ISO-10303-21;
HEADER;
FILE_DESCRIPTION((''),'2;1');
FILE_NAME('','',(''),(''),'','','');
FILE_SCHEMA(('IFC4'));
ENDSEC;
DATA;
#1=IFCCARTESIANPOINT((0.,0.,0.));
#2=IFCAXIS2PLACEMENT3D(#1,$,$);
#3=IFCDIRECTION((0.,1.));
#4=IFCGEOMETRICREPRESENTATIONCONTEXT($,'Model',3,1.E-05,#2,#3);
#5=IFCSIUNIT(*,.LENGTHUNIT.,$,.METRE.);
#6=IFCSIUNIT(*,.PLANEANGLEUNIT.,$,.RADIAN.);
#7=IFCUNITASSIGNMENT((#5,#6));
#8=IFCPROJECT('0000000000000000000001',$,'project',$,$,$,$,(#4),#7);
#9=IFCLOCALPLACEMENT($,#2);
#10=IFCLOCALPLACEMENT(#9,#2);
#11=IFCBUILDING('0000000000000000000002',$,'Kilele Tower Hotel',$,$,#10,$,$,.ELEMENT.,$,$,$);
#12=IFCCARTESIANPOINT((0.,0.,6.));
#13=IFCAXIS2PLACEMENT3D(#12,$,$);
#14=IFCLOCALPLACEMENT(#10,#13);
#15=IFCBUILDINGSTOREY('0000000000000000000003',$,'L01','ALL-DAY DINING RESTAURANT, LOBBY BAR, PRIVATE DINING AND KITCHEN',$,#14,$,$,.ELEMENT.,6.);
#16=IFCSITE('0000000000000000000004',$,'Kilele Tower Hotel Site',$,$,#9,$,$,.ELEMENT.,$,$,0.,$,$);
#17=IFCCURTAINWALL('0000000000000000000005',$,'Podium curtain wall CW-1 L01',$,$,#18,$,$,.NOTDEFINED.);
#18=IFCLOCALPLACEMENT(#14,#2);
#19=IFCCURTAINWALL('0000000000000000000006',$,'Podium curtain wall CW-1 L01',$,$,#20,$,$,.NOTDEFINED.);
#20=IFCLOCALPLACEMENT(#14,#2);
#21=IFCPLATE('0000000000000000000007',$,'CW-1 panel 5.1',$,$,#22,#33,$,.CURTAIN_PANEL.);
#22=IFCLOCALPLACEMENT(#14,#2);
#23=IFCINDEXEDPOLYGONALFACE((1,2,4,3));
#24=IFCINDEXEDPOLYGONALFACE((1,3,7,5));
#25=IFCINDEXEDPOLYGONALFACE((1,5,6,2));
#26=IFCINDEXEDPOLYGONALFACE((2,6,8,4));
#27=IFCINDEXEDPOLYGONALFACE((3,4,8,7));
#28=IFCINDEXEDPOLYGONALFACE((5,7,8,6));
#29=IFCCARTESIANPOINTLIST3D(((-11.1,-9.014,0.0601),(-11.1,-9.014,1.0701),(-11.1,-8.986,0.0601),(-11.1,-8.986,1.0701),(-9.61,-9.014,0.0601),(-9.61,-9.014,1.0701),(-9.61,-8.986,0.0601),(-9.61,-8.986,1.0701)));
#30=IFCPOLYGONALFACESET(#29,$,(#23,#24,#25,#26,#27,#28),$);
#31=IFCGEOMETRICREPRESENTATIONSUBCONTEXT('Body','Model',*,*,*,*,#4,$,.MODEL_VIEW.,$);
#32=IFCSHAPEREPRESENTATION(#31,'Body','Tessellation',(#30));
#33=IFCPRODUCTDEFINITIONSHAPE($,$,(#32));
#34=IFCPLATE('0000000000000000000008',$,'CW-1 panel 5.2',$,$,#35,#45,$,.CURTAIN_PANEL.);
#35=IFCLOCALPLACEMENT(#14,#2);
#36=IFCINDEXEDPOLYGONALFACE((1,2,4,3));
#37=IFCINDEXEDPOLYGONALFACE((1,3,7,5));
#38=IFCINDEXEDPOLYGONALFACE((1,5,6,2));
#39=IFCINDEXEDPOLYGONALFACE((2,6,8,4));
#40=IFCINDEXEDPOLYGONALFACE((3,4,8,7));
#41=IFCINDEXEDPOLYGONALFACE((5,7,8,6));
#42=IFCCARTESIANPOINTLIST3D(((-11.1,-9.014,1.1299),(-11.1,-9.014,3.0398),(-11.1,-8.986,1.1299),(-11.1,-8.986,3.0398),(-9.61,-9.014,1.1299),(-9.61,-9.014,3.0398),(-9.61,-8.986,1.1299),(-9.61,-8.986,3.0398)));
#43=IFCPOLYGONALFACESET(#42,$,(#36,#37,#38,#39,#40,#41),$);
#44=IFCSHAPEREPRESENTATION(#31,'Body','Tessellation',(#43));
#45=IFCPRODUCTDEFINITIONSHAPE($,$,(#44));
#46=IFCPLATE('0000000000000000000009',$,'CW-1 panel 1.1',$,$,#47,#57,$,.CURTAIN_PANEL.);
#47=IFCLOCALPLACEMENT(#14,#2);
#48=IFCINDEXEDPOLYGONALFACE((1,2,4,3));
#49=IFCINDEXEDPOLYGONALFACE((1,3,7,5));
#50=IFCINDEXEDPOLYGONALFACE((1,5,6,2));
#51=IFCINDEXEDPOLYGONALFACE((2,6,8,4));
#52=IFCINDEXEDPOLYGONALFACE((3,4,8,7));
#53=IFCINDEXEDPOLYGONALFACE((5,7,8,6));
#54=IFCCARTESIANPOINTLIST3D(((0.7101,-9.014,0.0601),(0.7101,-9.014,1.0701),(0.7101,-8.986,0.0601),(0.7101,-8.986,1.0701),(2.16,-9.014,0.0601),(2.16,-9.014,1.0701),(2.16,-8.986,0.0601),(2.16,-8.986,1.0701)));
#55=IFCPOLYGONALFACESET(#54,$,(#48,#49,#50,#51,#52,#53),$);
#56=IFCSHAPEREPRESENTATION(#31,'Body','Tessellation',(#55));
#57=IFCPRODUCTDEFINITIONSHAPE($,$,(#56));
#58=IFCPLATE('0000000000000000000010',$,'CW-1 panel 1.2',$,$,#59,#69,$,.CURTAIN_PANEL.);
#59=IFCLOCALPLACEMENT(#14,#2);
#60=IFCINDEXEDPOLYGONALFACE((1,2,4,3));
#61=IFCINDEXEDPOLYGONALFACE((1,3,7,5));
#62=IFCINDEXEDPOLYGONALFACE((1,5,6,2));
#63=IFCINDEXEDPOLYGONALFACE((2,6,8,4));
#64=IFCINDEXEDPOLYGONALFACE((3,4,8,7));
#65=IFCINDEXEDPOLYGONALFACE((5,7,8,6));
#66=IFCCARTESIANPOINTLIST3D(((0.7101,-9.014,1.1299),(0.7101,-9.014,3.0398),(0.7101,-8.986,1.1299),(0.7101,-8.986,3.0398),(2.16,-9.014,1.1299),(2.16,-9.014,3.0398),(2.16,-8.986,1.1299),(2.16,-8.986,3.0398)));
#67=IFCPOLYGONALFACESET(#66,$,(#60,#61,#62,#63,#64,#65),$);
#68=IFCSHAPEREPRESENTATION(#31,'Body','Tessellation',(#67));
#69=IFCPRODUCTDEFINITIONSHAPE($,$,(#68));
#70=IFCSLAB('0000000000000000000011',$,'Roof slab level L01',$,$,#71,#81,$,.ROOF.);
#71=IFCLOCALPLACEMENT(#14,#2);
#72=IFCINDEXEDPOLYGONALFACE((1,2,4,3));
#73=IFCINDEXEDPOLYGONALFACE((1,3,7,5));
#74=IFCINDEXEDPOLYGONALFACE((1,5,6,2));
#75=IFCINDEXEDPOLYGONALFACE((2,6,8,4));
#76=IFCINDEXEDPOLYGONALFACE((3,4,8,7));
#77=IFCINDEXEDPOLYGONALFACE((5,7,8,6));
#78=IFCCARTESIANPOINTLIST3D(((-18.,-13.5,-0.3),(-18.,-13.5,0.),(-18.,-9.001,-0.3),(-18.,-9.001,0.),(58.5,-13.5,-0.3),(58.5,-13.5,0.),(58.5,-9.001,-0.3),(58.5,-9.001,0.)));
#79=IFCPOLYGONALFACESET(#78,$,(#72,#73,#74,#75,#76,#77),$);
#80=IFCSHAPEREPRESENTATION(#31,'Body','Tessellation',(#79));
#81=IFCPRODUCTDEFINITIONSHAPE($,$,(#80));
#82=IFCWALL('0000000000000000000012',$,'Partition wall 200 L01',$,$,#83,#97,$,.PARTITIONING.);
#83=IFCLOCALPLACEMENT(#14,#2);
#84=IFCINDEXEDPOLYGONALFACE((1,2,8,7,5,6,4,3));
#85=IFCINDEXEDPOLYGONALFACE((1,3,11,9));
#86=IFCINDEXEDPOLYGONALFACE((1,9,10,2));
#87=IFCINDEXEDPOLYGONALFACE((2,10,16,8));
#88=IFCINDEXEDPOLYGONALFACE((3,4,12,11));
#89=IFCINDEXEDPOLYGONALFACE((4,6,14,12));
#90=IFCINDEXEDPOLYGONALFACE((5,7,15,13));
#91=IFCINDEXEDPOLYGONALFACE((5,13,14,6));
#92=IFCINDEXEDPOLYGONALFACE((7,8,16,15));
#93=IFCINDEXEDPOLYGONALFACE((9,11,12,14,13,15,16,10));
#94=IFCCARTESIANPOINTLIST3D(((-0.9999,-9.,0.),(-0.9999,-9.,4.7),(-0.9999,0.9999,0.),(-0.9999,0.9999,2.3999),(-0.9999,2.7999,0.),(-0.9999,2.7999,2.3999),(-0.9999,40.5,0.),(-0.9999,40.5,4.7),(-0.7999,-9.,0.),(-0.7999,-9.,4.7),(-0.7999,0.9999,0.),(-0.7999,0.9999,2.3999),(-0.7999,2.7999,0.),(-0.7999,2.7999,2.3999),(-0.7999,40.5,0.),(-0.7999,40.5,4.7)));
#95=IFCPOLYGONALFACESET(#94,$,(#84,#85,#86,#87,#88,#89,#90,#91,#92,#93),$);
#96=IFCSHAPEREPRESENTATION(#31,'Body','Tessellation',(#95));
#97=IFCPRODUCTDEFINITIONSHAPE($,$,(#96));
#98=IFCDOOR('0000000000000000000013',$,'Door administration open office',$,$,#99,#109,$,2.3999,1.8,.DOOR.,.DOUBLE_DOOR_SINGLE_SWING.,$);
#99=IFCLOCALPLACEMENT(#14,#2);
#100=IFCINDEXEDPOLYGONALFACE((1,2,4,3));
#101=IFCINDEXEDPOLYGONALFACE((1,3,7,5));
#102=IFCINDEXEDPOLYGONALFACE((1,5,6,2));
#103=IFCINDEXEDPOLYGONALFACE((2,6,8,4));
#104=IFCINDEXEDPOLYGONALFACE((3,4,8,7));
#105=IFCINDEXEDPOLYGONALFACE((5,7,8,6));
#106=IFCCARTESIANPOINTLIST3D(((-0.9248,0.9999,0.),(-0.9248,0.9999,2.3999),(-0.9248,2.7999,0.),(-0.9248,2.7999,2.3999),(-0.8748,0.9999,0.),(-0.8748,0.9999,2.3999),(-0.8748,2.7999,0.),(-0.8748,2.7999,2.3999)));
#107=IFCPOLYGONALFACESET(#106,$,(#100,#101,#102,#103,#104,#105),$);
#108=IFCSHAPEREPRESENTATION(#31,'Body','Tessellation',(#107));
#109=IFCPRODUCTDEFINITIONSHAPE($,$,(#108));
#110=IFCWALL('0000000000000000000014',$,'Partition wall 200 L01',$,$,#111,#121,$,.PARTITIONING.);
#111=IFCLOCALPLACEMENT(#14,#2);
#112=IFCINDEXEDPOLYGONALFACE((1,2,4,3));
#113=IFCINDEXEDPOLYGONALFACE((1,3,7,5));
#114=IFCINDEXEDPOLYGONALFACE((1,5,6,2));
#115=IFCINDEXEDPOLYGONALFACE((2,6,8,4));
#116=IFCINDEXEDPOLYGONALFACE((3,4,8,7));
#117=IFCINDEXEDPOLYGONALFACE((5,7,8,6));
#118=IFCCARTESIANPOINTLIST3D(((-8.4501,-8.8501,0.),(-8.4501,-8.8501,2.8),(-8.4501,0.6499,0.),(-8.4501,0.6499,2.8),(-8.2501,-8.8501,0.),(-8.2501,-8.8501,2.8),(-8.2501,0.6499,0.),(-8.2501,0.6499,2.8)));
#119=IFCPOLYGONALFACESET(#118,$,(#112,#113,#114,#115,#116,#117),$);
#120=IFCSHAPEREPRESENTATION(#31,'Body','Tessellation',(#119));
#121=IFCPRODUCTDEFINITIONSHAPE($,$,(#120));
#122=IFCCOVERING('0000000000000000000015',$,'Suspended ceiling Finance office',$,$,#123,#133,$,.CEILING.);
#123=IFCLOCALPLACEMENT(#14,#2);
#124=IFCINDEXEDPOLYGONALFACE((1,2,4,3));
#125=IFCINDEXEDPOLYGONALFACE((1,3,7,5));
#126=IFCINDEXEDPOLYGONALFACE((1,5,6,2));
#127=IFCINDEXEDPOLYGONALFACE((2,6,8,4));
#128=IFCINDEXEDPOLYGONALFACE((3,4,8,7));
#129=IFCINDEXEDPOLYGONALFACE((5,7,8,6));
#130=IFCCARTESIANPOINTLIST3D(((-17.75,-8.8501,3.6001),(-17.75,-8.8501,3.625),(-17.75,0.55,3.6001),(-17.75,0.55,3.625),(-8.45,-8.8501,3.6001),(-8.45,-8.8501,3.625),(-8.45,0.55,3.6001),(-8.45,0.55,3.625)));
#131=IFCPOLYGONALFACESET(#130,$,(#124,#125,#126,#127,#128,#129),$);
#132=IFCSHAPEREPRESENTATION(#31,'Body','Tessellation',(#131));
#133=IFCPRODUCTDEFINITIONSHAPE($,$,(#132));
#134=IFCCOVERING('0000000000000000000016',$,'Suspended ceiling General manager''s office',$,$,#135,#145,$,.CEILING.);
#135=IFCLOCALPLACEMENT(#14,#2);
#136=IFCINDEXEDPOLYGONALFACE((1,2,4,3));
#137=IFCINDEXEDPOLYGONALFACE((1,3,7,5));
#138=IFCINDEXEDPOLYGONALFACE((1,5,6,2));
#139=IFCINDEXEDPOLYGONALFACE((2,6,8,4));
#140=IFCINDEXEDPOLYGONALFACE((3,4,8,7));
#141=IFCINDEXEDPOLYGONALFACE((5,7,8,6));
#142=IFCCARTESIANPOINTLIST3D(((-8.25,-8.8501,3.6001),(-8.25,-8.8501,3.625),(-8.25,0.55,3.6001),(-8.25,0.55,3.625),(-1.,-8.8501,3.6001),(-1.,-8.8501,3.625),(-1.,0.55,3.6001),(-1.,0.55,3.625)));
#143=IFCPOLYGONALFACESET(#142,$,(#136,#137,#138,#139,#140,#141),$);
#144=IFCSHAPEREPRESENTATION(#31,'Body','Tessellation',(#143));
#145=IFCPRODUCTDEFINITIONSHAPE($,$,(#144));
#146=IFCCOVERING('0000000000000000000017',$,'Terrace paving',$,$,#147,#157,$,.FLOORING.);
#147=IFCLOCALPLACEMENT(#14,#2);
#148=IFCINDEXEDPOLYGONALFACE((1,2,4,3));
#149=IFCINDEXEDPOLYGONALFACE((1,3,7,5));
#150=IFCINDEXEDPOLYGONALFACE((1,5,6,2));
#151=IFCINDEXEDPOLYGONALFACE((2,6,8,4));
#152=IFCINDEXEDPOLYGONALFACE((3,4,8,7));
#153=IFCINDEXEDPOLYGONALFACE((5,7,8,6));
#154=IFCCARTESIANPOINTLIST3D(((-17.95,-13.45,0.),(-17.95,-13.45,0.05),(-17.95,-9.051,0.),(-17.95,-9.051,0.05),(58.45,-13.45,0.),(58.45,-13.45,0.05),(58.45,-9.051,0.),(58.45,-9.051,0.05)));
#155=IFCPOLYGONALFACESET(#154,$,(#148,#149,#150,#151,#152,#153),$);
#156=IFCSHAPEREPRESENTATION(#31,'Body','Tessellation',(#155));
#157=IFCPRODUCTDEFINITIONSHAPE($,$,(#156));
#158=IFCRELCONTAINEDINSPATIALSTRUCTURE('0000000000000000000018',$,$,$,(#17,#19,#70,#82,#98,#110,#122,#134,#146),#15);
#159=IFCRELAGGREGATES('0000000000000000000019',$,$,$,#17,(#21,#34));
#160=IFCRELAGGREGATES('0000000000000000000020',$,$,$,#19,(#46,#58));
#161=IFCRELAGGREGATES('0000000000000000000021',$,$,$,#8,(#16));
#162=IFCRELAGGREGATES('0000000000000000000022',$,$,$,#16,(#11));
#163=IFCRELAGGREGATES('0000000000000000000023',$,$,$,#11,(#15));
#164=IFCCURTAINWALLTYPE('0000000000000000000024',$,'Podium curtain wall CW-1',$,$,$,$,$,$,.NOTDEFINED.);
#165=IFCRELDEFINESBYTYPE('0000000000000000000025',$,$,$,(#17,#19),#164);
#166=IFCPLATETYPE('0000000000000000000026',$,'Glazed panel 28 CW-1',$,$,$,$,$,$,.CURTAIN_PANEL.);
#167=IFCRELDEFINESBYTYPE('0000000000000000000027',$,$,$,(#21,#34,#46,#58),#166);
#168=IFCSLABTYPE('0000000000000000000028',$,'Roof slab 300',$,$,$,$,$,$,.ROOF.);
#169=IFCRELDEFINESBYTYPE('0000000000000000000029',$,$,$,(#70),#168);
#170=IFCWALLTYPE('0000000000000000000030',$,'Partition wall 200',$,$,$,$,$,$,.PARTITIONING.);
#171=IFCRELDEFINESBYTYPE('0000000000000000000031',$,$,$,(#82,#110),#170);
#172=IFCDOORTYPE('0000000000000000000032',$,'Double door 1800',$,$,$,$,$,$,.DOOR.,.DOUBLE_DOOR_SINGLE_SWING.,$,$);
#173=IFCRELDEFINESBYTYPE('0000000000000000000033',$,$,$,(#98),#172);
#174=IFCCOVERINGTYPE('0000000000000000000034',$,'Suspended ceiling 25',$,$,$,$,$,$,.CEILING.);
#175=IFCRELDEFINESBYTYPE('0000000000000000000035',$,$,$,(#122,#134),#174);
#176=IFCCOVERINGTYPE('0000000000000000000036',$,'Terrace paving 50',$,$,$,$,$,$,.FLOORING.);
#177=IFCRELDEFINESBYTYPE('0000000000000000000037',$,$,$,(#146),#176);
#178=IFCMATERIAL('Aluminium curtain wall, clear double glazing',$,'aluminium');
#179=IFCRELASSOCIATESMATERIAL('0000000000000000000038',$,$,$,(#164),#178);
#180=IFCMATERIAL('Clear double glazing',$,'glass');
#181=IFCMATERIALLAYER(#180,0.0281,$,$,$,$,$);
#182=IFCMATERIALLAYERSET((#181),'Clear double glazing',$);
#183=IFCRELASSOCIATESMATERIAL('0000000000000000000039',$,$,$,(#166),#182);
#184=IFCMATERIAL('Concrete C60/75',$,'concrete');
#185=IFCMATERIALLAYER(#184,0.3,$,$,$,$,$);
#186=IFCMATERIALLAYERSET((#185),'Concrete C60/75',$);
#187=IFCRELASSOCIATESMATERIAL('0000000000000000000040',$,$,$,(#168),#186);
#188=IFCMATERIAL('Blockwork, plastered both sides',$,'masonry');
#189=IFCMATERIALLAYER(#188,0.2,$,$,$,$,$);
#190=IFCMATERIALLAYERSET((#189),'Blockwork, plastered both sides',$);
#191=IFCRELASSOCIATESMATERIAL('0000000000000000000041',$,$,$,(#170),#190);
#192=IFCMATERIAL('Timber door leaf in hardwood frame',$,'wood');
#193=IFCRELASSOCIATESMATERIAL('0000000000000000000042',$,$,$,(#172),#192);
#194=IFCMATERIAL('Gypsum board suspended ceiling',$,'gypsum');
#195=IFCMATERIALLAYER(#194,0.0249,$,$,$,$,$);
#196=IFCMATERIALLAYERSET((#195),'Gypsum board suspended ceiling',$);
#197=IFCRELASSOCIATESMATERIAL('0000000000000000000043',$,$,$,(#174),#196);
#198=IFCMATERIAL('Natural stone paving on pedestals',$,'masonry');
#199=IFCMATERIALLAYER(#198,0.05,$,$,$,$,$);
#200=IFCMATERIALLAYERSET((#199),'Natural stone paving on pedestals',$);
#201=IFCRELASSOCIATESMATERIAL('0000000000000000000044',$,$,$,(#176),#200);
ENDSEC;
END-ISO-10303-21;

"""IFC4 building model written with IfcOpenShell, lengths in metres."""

from ifc_helpers import new_model, si_unit, direction, frame, frame_2d, origin, origin_2d, place, context, subcontext, project, spatial, polyline, rectangle, outline, extrude, material, layer, layer_set, type_object, element, fill, aggregate, save


model = new_model("IFC4")

# Units and contexts
model_context = context("Model", 3, precision=1e-05, world=origin(), true_north=direction((0.0, 1.0)))
body_context = subcontext(model_context, "Body", "Model", "MODEL_VIEW")
ifc_project = project(units=[si_unit("LENGTHUNIT", "METRE"), si_unit("PLANEANGLEUNIT", "RADIAN")], contexts=[model_context])

# Site, building, storey
site_placement = place(None, origin())
site = spatial("IfcSite", under=ifc_project, at=site_placement, Name="Kilele Tower Hotel Site", CompositionType="ELEMENT", RefElevation=0.0)
building_placement = place(site_placement, origin())
building = spatial("IfcBuilding", under=site, at=building_placement, Name="Kilele Tower Hotel", CompositionType="ELEMENT")
storey_placement = place(building_placement, frame((0.0, 0.0, 6.0)))
storey = spatial("IfcBuildingStorey", under=building, at=storey_placement, Name="L01", Description="ALL-DAY DINING RESTAURANT, LOBBY BAR, PRIVATE DINING AND KITCHEN", CompositionType="ELEMENT", Elevation=6.0)

# Curtain walls
ifc_material_1 = material(Name="Aluminium curtain wall, clear double glazing", Category="aluminium")
curtain_wall_type = type_object("IfcCurtainWallType", Name="Podium curtain wall CW-1", PredefinedType="NOTDEFINED", material=ifc_material_1)
curtain_wall_1_placement = place(storey_placement, origin())
curtain_wall_1 = element("IfcCurtainWall", 1, at=curtain_wall_1_placement, inside=storey, type_object=curtain_wall_type, Name="Podium curtain wall CW-1 L01", PredefinedType="NOTDEFINED")
curtain_wall_2_placement = place(storey_placement, origin())
curtain_wall_2 = element("IfcCurtainWall", 2, at=curtain_wall_2_placement, inside=storey, type_object=curtain_wall_type, Name="Podium curtain wall CW-1 L01", PredefinedType="NOTDEFINED")

# Plates
ifc_material_2 = material(Name="Clear double glazing", Category="glass")
ifc_layer_1 = layer(ifc_material_2, 0.0281)
ifc_layer_set_1 = layer_set([ifc_layer_1], Name="Clear double glazing")
plate_type = type_object("IfcPlateType", Name="Glazed panel 28 CW-1", PredefinedType="CURTAIN_PANEL", material=ifc_layer_set_1)
plate_1_placement = place(storey_placement, frame((-10.355, -9.0, 0.0601), z_axis=(0.0, 0.0, 1.0), x_axis=(1.0, 0.0, 0.0)))
plate_1 = element("IfcPlate", 3, at=plate_1_placement, type_object=plate_type, Name="CW-1 panel 5.1", PredefinedType="CURTAIN_PANEL", context=body_context, shape_type="SweptSolid", body=[
    extrude(rectangle(XDim=1.49, YDim=0.0281, at=origin_2d()), origin(), (0.0, 0.0, 1.0), 1.01),
])
plate_2_placement = place(storey_placement, frame((-10.355, -9.0, 1.1299), z_axis=(0.0, 0.0, 1.0), x_axis=(1.0, 0.0, 0.0)))
plate_2 = element("IfcPlate", 4, at=plate_2_placement, type_object=plate_type, Name="CW-1 panel 5.2", PredefinedType="CURTAIN_PANEL", context=body_context, shape_type="SweptSolid", body=[
    extrude(rectangle(XDim=1.49, YDim=0.0281, at=origin_2d()), origin(), (0.0, 0.0, 1.0), 1.9099),
])
aggregate(curtain_wall_1, [plate_1, plate_2])
plate_3_placement = place(storey_placement, frame((1.4351, -9.0, 0.0601), z_axis=(0.0, 0.0, 1.0), x_axis=(1.0, 0.0, 0.0)))
plate_3 = element("IfcPlate", 5, at=plate_3_placement, type_object=plate_type, Name="CW-1 panel 1.1", PredefinedType="CURTAIN_PANEL", context=body_context, shape_type="SweptSolid", body=[
    extrude(rectangle(XDim=1.45, YDim=0.0281, at=origin_2d()), origin(), (0.0, 0.0, 1.0), 1.01),
])
plate_4_placement = place(storey_placement, frame((1.4351, -9.0, 1.1299), z_axis=(0.0, 0.0, 1.0), x_axis=(1.0, 0.0, 0.0)))
plate_4 = element("IfcPlate", 6, at=plate_4_placement, type_object=plate_type, Name="CW-1 panel 1.2", PredefinedType="CURTAIN_PANEL", context=body_context, shape_type="SweptSolid", body=[
    extrude(rectangle(XDim=1.45, YDim=0.0281, at=origin_2d()), origin(), (0.0, 0.0, 1.0), 1.9099),
])
aggregate(curtain_wall_2, [plate_3, plate_4])

# Slab
ifc_material_3 = material(Name="Concrete C60/75", Category="concrete")
ifc_layer_2 = layer(ifc_material_3, 0.3)
ifc_layer_set_2 = layer_set([ifc_layer_2], Name="Concrete C60/75")
slab_type_1 = type_object("IfcSlabType", Name="Roof slab 300", PredefinedType="ROOF", material=ifc_layer_set_2)
slab_1_placement = place(storey_placement, frame((0.0, 0.0, -0.3)))
element("IfcSlab", 7, at=slab_1_placement, inside=storey, type_object=slab_type_1, Name="Roof slab level L01", PredefinedType="ROOF", context=body_context, shape_type="SweptSolid", body=[
    extrude(outline(polyline([(58.5, -13.5), (-18.0, -13.5), (-18.0, -9.001), (58.5, -9.001), (58.5, -13.5)])), origin(), (0.0, 0.0, 1.0), 0.3),
])

# Wall, opening, door
ifc_material_4 = material(Name="Blockwork, plastered both sides", Category="masonry")
ifc_layer_3 = layer(ifc_material_4, 0.2)
ifc_layer_set_3 = layer_set([ifc_layer_3], Name="Blockwork, plastered both sides")
wall_type_1 = type_object("IfcWallType", Name="Partition wall 200", PredefinedType="PARTITIONING", material=ifc_layer_set_3)
wall_1_placement = place(storey_placement, frame((-0.8999, -9.0, 0.0), z_axis=(0.0, 0.0, 1.0), x_axis=(0.0, 1.0, 0.0)))
wall_1 = element("IfcWall", 8, at=wall_1_placement, inside=storey, type_object=wall_type_1, Name="Partition wall 200 L01", PredefinedType="PARTITIONING", context=body_context, shape_type="SweptSolid", body=[
    extrude(rectangle(XDim=49.5, YDim=0.2, at=frame_2d((24.75, 0.0))), origin(), (0.0, 0.0, 1.0), 4.7),
])
opening_1_placement = place(wall_1_placement, frame((10.0, 0.0, 0.0)))
opening_1 = element("IfcOpeningElement", 9, at=opening_1_placement, cuts=wall_1, PredefinedType="OPENING", context=body_context, shape_type="SweptSolid", body=[
    extrude(rectangle(XDim=1.8, YDim=2.3999, at=frame_2d((0.8999, 1.2))), frame((0.0, 0.1099, 0.0), z_axis=(0.0, -1.0, 0.0), x_axis=(1.0, 0.0, 0.0)), (0.0, 0.0, 1.0), 0.22),
])
ifc_material_5 = material(Name="Timber door leaf in hardwood frame", Category="wood")
door_type_1 = type_object("IfcDoorType", Name="Double door 1800", OperationType="DOUBLE_DOOR_SINGLE_SWING", PredefinedType="DOOR", material=ifc_material_5)
door_1_placement = place(opening_1_placement, origin())
door_1 = element("IfcDoor", 10, at=door_1_placement, inside=storey, type_object=door_type_1, Name="Door administration open office", OperationType="DOUBLE_DOOR_SINGLE_SWING", OverallHeight=2.3999, OverallWidth=1.8, PredefinedType="DOOR", context=body_context, shape_type="SweptSolid", body=[
    extrude(rectangle(XDim=1.8, YDim=2.3999, at=frame_2d((0.8999, 1.2))), frame((0.0, 0.0249, 0.0), z_axis=(0.0, -1.0, 0.0), x_axis=(1.0, 0.0, 0.0)), (0.0, 0.0, 1.0), 0.05),
])
fill(opening_1, door_1)

# Wall
wall_2_placement = place(storey_placement, frame((-8.3501, -8.8501, 0.0), z_axis=(0.0, 0.0, 1.0), x_axis=(0.0, 1.0, 0.0)))
element("IfcWall", 11, at=wall_2_placement, inside=storey, type_object=wall_type_1, Name="Partition wall 200 L01", PredefinedType="PARTITIONING", context=body_context, shape_type="SweptSolid", body=[
    extrude(rectangle(XDim=9.5, YDim=0.2, at=frame_2d((4.75, 0.0))), origin(), (0.0, 0.0, 1.0), 2.8),
])

# Coverings
ifc_material_6 = material(Name="Gypsum board suspended ceiling", Category="gypsum")
ifc_layer_4 = layer(ifc_material_6, 0.0249)
ifc_layer_set_4 = layer_set([ifc_layer_4], Name="Gypsum board suspended ceiling")
covering_type_1 = type_object("IfcCoveringType", Name="Suspended ceiling 25", PredefinedType="CEILING", material=ifc_layer_set_4)
covering_1_placement = place(storey_placement, frame((0.0, 0.0, 3.6001)))
element("IfcCovering", 12, at=covering_1_placement, inside=storey, type_object=covering_type_1, Name="Suspended ceiling Finance office", PredefinedType="CEILING", context=body_context, shape_type="SweptSolid", body=[
    extrude(outline(polyline([(-8.45, -8.8501), (-17.75, -8.8501), (-17.75, 0.55), (-8.45, 0.55), (-8.45, -8.8501)])), origin(), (0.0, 0.0, 1.0), 0.0249),
])
covering_2_placement = place(storey_placement, frame((0.0, 0.0, 3.6001)))
element("IfcCovering", 13, at=covering_2_placement, inside=storey, type_object=covering_type_1, Name="Suspended ceiling General manager's office", PredefinedType="CEILING", context=body_context, shape_type="SweptSolid", body=[
    extrude(outline(polyline([(-1.0, -8.8501), (-8.25, -8.8501), (-8.25, 0.55), (-1.0, 0.55), (-1.0, -8.8501)])), origin(), (0.0, 0.0, 1.0), 0.0249),
])
ifc_material_7 = material(Name="Natural stone paving on pedestals", Category="masonry")
ifc_layer_5 = layer(ifc_material_7, 0.05)
ifc_layer_set_5 = layer_set([ifc_layer_5], Name="Natural stone paving on pedestals")
covering_type_2 = type_object("IfcCoveringType", Name="Terrace paving 50", PredefinedType="FLOORING", material=ifc_layer_set_5)
covering_3_placement = place(storey_placement, origin())
element("IfcCovering", 14, at=covering_3_placement, inside=storey, type_object=covering_type_2, Name="Terrace paving", PredefinedType="FLOORING", context=body_context, shape_type="SweptSolid", body=[
    extrude(outline(polyline([(58.45, -13.45), (-17.95, -13.45), (-17.95, -9.051), (58.45, -9.051), (58.45, -13.45)])), origin(), (0.0, 0.0, 1.0), 0.05),
])

save(model, "model.ifc")
